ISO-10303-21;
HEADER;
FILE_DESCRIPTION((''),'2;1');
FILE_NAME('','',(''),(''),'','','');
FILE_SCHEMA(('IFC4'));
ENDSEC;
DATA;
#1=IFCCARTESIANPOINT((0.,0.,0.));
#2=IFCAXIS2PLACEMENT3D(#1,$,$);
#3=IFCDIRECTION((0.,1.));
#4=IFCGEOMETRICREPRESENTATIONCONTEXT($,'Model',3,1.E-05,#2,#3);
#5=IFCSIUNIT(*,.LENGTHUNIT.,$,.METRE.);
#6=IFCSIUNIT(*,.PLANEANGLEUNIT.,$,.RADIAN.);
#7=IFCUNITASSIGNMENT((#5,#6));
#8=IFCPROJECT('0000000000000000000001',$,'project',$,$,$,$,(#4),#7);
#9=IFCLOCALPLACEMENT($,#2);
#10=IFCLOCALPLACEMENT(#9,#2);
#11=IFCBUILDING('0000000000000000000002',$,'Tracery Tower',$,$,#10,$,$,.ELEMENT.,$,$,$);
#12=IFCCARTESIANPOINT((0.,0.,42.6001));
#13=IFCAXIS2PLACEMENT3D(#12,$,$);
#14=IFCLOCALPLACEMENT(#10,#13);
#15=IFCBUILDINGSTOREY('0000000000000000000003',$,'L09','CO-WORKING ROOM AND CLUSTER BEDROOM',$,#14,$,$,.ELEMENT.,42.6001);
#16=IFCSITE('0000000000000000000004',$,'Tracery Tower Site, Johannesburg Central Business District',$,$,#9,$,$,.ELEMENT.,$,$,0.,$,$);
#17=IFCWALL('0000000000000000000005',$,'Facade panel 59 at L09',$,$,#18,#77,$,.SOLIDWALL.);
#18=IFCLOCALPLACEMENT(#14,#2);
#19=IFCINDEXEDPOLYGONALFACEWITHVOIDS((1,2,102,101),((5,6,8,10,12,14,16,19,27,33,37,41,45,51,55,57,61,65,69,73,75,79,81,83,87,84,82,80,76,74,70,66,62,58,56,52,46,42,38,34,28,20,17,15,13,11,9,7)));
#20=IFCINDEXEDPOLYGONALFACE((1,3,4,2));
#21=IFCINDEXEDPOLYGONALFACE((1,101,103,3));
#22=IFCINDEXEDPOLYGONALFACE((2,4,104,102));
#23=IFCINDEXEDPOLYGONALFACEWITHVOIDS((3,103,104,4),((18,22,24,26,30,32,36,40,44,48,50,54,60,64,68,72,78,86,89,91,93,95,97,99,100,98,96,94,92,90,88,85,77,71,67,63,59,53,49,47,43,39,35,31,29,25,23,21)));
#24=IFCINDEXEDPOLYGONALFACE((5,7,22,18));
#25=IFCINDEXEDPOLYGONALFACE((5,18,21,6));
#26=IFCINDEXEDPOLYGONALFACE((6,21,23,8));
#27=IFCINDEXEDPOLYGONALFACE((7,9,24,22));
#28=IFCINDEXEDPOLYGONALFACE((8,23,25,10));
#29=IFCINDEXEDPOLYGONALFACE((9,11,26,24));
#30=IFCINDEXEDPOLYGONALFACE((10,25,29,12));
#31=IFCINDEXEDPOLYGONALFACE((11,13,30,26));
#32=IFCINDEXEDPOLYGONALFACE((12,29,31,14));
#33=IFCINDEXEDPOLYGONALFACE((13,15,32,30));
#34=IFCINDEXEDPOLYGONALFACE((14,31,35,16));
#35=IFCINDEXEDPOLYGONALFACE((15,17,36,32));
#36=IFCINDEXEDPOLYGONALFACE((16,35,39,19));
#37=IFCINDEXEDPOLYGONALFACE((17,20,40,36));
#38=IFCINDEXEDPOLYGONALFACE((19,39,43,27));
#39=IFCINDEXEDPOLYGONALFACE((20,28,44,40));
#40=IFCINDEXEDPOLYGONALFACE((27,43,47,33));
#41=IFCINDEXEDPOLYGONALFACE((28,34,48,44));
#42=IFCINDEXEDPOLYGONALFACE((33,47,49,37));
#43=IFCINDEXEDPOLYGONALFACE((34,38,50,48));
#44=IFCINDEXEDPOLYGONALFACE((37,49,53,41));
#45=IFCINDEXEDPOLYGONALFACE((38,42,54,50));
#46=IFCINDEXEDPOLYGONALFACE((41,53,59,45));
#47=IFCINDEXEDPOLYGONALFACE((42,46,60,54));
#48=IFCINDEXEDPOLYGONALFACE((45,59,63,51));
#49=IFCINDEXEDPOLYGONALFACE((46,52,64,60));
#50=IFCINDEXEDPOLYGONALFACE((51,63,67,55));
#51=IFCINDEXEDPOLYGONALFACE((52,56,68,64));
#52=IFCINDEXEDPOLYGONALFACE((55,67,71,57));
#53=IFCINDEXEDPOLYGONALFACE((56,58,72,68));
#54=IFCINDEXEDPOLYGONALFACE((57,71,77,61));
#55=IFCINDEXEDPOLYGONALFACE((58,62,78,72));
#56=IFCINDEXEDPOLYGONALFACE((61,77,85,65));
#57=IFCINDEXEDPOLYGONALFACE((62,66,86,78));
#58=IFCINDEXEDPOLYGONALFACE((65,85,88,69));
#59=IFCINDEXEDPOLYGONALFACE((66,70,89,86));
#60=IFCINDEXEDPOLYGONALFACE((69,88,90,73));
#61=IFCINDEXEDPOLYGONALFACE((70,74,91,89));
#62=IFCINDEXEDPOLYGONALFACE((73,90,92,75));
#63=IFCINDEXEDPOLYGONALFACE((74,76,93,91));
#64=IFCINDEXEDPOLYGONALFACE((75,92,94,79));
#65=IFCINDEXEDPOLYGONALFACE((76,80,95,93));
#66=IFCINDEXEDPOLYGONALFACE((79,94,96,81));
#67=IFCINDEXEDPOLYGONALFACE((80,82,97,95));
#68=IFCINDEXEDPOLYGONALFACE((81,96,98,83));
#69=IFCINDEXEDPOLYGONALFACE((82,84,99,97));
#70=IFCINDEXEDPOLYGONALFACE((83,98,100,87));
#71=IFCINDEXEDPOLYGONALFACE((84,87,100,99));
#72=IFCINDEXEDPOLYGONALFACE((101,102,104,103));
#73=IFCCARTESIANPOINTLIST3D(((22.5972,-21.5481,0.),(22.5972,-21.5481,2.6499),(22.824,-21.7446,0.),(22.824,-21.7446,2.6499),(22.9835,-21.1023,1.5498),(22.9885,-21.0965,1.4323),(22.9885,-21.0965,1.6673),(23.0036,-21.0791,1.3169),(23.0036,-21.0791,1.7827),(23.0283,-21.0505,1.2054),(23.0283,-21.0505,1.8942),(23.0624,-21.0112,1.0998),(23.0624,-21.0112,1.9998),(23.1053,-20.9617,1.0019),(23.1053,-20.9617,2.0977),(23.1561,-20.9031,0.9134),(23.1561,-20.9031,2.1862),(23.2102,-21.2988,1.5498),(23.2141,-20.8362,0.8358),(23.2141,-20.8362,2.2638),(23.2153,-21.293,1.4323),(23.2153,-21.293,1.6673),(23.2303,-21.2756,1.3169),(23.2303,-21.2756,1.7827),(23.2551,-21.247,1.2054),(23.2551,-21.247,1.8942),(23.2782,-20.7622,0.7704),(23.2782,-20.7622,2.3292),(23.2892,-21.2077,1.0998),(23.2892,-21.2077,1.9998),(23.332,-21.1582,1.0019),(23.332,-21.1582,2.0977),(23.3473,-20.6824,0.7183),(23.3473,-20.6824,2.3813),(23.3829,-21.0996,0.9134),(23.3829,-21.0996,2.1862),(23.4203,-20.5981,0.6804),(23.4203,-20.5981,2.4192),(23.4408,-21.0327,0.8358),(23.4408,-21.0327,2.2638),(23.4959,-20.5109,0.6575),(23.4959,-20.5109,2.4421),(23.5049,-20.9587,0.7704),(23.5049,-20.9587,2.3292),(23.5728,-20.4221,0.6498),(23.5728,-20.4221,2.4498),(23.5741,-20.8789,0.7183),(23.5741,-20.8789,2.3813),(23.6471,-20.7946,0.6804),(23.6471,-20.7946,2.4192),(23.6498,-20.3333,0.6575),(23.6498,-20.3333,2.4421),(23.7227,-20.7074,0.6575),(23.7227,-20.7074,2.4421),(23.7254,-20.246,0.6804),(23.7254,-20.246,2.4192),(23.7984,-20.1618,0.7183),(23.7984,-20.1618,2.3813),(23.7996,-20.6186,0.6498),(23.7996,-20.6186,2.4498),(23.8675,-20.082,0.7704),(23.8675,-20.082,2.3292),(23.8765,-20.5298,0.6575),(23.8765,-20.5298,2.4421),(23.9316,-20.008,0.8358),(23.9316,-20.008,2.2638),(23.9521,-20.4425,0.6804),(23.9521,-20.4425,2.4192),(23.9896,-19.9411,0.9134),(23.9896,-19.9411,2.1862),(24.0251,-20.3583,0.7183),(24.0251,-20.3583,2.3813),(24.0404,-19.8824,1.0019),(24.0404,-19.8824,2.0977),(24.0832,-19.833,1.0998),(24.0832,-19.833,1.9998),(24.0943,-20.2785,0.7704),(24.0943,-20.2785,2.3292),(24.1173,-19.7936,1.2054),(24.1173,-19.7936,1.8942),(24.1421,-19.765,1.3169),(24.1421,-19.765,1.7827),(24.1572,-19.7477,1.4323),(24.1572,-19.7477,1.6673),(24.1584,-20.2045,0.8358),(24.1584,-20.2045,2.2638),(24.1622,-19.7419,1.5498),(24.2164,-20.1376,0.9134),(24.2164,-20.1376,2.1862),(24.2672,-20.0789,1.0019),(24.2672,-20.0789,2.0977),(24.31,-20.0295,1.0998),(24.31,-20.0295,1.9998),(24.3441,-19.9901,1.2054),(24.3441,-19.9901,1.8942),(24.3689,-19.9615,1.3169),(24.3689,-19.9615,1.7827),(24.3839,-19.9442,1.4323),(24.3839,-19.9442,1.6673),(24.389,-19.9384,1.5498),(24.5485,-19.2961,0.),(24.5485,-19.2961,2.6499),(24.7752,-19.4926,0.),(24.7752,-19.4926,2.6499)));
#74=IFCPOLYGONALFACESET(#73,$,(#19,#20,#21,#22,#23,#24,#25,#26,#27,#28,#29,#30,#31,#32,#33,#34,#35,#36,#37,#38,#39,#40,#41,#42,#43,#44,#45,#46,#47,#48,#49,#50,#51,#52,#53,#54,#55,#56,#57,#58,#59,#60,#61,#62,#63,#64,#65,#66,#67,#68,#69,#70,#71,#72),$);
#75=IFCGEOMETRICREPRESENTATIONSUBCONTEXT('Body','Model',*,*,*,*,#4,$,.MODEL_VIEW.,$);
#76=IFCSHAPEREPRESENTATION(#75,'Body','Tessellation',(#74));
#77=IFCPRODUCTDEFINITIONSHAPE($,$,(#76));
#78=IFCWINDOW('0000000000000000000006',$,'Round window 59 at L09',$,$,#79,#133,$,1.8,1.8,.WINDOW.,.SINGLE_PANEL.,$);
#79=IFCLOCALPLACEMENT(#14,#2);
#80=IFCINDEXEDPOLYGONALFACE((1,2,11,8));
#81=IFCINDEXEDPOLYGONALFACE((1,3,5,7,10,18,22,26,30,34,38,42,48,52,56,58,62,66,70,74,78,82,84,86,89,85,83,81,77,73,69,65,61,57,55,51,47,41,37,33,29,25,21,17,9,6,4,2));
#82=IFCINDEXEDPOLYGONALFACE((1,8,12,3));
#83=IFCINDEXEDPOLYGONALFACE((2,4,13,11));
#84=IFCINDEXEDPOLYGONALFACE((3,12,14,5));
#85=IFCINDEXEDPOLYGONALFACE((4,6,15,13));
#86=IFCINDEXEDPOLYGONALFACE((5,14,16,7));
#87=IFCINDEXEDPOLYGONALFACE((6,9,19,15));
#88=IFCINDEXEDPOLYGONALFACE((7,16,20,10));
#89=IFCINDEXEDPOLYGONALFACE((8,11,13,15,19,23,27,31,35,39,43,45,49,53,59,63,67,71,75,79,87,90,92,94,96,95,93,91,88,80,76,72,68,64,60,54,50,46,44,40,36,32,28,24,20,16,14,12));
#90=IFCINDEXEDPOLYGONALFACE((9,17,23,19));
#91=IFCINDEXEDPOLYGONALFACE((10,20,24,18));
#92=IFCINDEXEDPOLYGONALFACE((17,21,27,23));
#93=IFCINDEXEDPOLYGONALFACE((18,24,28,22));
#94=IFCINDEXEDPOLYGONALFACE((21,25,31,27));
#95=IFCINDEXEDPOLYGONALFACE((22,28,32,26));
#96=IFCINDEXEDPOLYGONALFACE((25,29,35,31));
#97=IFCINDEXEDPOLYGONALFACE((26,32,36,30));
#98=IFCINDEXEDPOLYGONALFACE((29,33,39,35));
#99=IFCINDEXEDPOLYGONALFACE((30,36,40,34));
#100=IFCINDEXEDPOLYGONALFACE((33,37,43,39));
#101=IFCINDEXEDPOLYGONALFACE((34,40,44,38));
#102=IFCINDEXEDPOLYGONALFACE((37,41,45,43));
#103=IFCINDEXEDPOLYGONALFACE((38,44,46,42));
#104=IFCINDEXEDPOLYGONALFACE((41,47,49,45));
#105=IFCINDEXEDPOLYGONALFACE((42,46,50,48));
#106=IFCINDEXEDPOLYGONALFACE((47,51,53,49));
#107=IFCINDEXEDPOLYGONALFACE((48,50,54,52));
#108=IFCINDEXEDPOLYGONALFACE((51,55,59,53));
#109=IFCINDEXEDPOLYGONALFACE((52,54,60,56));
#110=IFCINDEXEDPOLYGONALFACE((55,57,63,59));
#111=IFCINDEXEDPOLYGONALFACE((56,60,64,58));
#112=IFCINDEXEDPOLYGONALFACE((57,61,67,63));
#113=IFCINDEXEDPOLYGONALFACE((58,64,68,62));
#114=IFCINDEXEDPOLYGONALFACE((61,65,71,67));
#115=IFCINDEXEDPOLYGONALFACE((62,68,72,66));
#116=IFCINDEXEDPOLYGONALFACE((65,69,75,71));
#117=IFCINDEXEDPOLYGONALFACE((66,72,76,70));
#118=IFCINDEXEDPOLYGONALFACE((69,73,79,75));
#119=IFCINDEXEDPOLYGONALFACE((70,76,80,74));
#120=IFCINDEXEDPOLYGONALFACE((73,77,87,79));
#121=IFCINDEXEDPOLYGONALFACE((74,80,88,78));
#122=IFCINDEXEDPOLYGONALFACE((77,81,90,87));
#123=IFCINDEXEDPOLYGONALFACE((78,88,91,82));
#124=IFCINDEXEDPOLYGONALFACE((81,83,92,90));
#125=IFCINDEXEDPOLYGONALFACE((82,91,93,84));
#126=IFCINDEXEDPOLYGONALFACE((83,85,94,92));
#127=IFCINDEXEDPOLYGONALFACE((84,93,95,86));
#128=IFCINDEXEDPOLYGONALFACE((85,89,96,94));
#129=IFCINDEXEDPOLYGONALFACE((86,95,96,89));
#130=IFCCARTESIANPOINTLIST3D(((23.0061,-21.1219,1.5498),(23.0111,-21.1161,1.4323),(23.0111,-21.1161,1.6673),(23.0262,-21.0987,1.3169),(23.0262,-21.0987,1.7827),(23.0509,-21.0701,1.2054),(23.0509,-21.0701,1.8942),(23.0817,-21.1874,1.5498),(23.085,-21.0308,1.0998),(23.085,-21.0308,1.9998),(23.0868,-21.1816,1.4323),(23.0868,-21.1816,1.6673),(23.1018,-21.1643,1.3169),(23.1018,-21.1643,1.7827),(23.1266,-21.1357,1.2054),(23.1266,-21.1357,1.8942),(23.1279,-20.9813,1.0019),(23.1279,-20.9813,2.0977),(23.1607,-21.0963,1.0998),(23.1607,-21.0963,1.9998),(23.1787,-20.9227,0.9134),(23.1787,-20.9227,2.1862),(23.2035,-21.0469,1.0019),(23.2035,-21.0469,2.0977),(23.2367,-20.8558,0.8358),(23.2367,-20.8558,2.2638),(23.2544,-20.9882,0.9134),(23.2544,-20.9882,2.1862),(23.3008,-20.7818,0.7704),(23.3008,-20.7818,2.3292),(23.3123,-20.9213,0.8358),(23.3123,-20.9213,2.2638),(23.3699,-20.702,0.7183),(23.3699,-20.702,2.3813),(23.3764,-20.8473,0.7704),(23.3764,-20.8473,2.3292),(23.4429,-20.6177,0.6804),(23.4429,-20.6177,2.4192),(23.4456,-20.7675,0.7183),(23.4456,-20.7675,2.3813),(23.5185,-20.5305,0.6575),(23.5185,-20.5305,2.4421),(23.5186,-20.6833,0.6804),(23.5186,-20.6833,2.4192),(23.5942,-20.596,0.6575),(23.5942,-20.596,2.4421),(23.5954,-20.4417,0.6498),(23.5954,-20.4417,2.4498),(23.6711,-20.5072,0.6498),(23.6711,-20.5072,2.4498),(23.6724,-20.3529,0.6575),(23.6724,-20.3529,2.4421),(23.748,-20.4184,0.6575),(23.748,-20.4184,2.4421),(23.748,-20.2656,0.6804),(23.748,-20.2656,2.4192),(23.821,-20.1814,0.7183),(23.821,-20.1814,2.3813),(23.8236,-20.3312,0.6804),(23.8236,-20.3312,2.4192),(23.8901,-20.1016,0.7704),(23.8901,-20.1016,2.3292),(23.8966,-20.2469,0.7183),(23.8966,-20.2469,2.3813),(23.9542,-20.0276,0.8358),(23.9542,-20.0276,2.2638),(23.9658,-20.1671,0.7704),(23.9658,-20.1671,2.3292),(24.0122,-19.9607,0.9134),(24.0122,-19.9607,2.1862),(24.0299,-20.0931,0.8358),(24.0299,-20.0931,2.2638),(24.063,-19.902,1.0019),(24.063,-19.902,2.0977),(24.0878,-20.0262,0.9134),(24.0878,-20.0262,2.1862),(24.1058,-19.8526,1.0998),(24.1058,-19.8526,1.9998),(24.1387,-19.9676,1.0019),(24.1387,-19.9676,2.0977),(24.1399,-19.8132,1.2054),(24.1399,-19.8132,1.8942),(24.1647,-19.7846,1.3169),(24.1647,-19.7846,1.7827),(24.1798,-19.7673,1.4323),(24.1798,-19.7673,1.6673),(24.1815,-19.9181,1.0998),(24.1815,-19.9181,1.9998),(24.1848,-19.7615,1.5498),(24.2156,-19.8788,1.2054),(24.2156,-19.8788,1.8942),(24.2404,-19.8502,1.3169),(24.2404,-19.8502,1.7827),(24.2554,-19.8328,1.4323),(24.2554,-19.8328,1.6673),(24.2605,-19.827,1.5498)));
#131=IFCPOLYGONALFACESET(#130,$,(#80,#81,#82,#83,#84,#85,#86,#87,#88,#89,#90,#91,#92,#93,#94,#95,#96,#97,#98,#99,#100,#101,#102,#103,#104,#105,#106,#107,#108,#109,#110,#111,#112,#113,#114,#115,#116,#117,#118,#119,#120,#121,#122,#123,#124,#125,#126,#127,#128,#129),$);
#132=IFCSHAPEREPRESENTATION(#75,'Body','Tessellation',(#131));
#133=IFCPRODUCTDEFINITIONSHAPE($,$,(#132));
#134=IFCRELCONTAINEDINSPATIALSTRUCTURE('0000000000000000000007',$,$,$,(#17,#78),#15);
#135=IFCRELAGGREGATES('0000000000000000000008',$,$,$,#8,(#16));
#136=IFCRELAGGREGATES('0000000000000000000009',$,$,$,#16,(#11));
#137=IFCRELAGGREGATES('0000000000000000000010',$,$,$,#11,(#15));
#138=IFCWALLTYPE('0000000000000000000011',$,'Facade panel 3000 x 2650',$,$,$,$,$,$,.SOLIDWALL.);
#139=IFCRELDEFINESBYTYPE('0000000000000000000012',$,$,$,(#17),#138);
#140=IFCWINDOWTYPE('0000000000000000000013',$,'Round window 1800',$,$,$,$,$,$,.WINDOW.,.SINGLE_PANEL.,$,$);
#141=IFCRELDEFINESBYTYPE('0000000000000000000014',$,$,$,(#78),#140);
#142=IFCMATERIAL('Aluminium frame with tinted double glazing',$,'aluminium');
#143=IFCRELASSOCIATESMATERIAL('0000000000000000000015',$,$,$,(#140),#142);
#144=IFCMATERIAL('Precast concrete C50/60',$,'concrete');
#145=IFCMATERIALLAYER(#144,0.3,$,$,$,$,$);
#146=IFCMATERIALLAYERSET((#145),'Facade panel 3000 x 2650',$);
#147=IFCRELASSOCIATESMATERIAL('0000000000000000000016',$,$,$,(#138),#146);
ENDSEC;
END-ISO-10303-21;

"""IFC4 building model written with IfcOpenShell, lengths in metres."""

from ifc_helpers import new_model, si_unit, direction, frame, frame_2d, origin, origin_2d, place, context, subcontext, project, spatial, rectangle, circle, extrude, material, layer, layer_set, type_object, element, fill, save


model = new_model("IFC4")

# Units and contexts
model_context = context("Model", 3, precision=1e-05, world=origin(), true_north=direction((0.0, 1.0)))
body_context = subcontext(model_context, "Body", "Model", "MODEL_VIEW")
ifc_project = project(units=[si_unit("LENGTHUNIT", "METRE"), si_unit("PLANEANGLEUNIT", "RADIAN")], contexts=[model_context])

# Site, building, storey
site_placement = place(None, origin())
site = spatial("IfcSite", under=ifc_project, at=site_placement, Name="Tracery Tower Site, Johannesburg Central Business District", CompositionType="ELEMENT", RefElevation=0.0)
building_placement = place(site_placement, origin())
building = spatial("IfcBuilding", under=site, at=building_placement, Name="Tracery Tower", CompositionType="ELEMENT")
storey_placement = place(building_placement, frame((0.0, 0.0, 42.6001)))
storey = spatial("IfcBuildingStorey", under=building, at=storey_placement, Name="L09", Description="CO-WORKING ROOM AND CLUSTER BEDROOM", CompositionType="ELEMENT", Elevation=42.6001)

# Wall, opening, window
ifc_material_1 = material(Name="Aluminium frame with tinted double glazing", Category="aluminium")
window_type = type_object("IfcWindowType", Name="Round window 1800", PartitioningType="SINGLE_PANEL", PredefinedType="WINDOW", material=ifc_material_1)
ifc_material_2 = material(Name="Precast concrete C50/60", Category="concrete")
ifc_layer_1 = layer(ifc_material_2, 0.3)
ifc_layer_set_1 = layer_set([ifc_layer_1], Name="Facade panel 3000 x 2650")
wall_type_1 = type_object("IfcWallType", Name="Facade panel 3000 x 2650", PredefinedType="SOLIDWALL", material=ifc_layer_set_1)
wall_1_placement = place(storey_placement, frame((22.7107, -21.6462, 0.0), z_axis=(0.0, 0.0, 1.0), x_axis=(0.654831, 0.755776, 0.0)))
wall_1 = element("IfcWall", 1, at=wall_1_placement, inside=storey, type_object=wall_type_1, Name="Facade panel 59 at L09", PredefinedType="SOLIDWALL", context=body_context, shape_type="SweptSolid", body=[
    extrude(rectangle(XDim=2.9797, YDim=0.3, at=frame_2d((1.4897, 0.0))), origin(), (0.0, 0.0, 1.0), 2.6499),
])
opening_1_placement = place(wall_1_placement, frame((1.4897, 0.0, 1.5498)))
opening_1 = element("IfcOpeningElement", 2, at=opening_1_placement, cuts=wall_1, PredefinedType="OPENING", context=body_context, shape_type="SweptSolid", body=[
    extrude(circle(Radius=0.9, at=origin_2d()), frame((0.0, 0.1599, 0.0), z_axis=(0.0, -1.0, 0.0), x_axis=(1.0, 0.0, 0.0)), (0.0, 0.0, 1.0), 0.3201),
])
window_1_placement = place(opening_1_placement, origin())
window_1 = element("IfcWindow", 3, at=window_1_placement, inside=storey, type_object=window_type, Name="Round window 59 at L09", OverallHeight=1.8, OverallWidth=1.8, PartitioningType="SINGLE_PANEL", PredefinedType="WINDOW", context=body_context, shape_type="SweptSolid", body=[
    extrude(circle(Radius=0.9, at=origin_2d()), frame((0.0, 0.1201, 0.0), z_axis=(0.0, -1.0, 0.0), x_axis=(1.0, 0.0, 0.0)), (0.0, 0.0, 1.0), 0.1001),
])
fill(opening_1, window_1)

save(model, "model.ifc")
